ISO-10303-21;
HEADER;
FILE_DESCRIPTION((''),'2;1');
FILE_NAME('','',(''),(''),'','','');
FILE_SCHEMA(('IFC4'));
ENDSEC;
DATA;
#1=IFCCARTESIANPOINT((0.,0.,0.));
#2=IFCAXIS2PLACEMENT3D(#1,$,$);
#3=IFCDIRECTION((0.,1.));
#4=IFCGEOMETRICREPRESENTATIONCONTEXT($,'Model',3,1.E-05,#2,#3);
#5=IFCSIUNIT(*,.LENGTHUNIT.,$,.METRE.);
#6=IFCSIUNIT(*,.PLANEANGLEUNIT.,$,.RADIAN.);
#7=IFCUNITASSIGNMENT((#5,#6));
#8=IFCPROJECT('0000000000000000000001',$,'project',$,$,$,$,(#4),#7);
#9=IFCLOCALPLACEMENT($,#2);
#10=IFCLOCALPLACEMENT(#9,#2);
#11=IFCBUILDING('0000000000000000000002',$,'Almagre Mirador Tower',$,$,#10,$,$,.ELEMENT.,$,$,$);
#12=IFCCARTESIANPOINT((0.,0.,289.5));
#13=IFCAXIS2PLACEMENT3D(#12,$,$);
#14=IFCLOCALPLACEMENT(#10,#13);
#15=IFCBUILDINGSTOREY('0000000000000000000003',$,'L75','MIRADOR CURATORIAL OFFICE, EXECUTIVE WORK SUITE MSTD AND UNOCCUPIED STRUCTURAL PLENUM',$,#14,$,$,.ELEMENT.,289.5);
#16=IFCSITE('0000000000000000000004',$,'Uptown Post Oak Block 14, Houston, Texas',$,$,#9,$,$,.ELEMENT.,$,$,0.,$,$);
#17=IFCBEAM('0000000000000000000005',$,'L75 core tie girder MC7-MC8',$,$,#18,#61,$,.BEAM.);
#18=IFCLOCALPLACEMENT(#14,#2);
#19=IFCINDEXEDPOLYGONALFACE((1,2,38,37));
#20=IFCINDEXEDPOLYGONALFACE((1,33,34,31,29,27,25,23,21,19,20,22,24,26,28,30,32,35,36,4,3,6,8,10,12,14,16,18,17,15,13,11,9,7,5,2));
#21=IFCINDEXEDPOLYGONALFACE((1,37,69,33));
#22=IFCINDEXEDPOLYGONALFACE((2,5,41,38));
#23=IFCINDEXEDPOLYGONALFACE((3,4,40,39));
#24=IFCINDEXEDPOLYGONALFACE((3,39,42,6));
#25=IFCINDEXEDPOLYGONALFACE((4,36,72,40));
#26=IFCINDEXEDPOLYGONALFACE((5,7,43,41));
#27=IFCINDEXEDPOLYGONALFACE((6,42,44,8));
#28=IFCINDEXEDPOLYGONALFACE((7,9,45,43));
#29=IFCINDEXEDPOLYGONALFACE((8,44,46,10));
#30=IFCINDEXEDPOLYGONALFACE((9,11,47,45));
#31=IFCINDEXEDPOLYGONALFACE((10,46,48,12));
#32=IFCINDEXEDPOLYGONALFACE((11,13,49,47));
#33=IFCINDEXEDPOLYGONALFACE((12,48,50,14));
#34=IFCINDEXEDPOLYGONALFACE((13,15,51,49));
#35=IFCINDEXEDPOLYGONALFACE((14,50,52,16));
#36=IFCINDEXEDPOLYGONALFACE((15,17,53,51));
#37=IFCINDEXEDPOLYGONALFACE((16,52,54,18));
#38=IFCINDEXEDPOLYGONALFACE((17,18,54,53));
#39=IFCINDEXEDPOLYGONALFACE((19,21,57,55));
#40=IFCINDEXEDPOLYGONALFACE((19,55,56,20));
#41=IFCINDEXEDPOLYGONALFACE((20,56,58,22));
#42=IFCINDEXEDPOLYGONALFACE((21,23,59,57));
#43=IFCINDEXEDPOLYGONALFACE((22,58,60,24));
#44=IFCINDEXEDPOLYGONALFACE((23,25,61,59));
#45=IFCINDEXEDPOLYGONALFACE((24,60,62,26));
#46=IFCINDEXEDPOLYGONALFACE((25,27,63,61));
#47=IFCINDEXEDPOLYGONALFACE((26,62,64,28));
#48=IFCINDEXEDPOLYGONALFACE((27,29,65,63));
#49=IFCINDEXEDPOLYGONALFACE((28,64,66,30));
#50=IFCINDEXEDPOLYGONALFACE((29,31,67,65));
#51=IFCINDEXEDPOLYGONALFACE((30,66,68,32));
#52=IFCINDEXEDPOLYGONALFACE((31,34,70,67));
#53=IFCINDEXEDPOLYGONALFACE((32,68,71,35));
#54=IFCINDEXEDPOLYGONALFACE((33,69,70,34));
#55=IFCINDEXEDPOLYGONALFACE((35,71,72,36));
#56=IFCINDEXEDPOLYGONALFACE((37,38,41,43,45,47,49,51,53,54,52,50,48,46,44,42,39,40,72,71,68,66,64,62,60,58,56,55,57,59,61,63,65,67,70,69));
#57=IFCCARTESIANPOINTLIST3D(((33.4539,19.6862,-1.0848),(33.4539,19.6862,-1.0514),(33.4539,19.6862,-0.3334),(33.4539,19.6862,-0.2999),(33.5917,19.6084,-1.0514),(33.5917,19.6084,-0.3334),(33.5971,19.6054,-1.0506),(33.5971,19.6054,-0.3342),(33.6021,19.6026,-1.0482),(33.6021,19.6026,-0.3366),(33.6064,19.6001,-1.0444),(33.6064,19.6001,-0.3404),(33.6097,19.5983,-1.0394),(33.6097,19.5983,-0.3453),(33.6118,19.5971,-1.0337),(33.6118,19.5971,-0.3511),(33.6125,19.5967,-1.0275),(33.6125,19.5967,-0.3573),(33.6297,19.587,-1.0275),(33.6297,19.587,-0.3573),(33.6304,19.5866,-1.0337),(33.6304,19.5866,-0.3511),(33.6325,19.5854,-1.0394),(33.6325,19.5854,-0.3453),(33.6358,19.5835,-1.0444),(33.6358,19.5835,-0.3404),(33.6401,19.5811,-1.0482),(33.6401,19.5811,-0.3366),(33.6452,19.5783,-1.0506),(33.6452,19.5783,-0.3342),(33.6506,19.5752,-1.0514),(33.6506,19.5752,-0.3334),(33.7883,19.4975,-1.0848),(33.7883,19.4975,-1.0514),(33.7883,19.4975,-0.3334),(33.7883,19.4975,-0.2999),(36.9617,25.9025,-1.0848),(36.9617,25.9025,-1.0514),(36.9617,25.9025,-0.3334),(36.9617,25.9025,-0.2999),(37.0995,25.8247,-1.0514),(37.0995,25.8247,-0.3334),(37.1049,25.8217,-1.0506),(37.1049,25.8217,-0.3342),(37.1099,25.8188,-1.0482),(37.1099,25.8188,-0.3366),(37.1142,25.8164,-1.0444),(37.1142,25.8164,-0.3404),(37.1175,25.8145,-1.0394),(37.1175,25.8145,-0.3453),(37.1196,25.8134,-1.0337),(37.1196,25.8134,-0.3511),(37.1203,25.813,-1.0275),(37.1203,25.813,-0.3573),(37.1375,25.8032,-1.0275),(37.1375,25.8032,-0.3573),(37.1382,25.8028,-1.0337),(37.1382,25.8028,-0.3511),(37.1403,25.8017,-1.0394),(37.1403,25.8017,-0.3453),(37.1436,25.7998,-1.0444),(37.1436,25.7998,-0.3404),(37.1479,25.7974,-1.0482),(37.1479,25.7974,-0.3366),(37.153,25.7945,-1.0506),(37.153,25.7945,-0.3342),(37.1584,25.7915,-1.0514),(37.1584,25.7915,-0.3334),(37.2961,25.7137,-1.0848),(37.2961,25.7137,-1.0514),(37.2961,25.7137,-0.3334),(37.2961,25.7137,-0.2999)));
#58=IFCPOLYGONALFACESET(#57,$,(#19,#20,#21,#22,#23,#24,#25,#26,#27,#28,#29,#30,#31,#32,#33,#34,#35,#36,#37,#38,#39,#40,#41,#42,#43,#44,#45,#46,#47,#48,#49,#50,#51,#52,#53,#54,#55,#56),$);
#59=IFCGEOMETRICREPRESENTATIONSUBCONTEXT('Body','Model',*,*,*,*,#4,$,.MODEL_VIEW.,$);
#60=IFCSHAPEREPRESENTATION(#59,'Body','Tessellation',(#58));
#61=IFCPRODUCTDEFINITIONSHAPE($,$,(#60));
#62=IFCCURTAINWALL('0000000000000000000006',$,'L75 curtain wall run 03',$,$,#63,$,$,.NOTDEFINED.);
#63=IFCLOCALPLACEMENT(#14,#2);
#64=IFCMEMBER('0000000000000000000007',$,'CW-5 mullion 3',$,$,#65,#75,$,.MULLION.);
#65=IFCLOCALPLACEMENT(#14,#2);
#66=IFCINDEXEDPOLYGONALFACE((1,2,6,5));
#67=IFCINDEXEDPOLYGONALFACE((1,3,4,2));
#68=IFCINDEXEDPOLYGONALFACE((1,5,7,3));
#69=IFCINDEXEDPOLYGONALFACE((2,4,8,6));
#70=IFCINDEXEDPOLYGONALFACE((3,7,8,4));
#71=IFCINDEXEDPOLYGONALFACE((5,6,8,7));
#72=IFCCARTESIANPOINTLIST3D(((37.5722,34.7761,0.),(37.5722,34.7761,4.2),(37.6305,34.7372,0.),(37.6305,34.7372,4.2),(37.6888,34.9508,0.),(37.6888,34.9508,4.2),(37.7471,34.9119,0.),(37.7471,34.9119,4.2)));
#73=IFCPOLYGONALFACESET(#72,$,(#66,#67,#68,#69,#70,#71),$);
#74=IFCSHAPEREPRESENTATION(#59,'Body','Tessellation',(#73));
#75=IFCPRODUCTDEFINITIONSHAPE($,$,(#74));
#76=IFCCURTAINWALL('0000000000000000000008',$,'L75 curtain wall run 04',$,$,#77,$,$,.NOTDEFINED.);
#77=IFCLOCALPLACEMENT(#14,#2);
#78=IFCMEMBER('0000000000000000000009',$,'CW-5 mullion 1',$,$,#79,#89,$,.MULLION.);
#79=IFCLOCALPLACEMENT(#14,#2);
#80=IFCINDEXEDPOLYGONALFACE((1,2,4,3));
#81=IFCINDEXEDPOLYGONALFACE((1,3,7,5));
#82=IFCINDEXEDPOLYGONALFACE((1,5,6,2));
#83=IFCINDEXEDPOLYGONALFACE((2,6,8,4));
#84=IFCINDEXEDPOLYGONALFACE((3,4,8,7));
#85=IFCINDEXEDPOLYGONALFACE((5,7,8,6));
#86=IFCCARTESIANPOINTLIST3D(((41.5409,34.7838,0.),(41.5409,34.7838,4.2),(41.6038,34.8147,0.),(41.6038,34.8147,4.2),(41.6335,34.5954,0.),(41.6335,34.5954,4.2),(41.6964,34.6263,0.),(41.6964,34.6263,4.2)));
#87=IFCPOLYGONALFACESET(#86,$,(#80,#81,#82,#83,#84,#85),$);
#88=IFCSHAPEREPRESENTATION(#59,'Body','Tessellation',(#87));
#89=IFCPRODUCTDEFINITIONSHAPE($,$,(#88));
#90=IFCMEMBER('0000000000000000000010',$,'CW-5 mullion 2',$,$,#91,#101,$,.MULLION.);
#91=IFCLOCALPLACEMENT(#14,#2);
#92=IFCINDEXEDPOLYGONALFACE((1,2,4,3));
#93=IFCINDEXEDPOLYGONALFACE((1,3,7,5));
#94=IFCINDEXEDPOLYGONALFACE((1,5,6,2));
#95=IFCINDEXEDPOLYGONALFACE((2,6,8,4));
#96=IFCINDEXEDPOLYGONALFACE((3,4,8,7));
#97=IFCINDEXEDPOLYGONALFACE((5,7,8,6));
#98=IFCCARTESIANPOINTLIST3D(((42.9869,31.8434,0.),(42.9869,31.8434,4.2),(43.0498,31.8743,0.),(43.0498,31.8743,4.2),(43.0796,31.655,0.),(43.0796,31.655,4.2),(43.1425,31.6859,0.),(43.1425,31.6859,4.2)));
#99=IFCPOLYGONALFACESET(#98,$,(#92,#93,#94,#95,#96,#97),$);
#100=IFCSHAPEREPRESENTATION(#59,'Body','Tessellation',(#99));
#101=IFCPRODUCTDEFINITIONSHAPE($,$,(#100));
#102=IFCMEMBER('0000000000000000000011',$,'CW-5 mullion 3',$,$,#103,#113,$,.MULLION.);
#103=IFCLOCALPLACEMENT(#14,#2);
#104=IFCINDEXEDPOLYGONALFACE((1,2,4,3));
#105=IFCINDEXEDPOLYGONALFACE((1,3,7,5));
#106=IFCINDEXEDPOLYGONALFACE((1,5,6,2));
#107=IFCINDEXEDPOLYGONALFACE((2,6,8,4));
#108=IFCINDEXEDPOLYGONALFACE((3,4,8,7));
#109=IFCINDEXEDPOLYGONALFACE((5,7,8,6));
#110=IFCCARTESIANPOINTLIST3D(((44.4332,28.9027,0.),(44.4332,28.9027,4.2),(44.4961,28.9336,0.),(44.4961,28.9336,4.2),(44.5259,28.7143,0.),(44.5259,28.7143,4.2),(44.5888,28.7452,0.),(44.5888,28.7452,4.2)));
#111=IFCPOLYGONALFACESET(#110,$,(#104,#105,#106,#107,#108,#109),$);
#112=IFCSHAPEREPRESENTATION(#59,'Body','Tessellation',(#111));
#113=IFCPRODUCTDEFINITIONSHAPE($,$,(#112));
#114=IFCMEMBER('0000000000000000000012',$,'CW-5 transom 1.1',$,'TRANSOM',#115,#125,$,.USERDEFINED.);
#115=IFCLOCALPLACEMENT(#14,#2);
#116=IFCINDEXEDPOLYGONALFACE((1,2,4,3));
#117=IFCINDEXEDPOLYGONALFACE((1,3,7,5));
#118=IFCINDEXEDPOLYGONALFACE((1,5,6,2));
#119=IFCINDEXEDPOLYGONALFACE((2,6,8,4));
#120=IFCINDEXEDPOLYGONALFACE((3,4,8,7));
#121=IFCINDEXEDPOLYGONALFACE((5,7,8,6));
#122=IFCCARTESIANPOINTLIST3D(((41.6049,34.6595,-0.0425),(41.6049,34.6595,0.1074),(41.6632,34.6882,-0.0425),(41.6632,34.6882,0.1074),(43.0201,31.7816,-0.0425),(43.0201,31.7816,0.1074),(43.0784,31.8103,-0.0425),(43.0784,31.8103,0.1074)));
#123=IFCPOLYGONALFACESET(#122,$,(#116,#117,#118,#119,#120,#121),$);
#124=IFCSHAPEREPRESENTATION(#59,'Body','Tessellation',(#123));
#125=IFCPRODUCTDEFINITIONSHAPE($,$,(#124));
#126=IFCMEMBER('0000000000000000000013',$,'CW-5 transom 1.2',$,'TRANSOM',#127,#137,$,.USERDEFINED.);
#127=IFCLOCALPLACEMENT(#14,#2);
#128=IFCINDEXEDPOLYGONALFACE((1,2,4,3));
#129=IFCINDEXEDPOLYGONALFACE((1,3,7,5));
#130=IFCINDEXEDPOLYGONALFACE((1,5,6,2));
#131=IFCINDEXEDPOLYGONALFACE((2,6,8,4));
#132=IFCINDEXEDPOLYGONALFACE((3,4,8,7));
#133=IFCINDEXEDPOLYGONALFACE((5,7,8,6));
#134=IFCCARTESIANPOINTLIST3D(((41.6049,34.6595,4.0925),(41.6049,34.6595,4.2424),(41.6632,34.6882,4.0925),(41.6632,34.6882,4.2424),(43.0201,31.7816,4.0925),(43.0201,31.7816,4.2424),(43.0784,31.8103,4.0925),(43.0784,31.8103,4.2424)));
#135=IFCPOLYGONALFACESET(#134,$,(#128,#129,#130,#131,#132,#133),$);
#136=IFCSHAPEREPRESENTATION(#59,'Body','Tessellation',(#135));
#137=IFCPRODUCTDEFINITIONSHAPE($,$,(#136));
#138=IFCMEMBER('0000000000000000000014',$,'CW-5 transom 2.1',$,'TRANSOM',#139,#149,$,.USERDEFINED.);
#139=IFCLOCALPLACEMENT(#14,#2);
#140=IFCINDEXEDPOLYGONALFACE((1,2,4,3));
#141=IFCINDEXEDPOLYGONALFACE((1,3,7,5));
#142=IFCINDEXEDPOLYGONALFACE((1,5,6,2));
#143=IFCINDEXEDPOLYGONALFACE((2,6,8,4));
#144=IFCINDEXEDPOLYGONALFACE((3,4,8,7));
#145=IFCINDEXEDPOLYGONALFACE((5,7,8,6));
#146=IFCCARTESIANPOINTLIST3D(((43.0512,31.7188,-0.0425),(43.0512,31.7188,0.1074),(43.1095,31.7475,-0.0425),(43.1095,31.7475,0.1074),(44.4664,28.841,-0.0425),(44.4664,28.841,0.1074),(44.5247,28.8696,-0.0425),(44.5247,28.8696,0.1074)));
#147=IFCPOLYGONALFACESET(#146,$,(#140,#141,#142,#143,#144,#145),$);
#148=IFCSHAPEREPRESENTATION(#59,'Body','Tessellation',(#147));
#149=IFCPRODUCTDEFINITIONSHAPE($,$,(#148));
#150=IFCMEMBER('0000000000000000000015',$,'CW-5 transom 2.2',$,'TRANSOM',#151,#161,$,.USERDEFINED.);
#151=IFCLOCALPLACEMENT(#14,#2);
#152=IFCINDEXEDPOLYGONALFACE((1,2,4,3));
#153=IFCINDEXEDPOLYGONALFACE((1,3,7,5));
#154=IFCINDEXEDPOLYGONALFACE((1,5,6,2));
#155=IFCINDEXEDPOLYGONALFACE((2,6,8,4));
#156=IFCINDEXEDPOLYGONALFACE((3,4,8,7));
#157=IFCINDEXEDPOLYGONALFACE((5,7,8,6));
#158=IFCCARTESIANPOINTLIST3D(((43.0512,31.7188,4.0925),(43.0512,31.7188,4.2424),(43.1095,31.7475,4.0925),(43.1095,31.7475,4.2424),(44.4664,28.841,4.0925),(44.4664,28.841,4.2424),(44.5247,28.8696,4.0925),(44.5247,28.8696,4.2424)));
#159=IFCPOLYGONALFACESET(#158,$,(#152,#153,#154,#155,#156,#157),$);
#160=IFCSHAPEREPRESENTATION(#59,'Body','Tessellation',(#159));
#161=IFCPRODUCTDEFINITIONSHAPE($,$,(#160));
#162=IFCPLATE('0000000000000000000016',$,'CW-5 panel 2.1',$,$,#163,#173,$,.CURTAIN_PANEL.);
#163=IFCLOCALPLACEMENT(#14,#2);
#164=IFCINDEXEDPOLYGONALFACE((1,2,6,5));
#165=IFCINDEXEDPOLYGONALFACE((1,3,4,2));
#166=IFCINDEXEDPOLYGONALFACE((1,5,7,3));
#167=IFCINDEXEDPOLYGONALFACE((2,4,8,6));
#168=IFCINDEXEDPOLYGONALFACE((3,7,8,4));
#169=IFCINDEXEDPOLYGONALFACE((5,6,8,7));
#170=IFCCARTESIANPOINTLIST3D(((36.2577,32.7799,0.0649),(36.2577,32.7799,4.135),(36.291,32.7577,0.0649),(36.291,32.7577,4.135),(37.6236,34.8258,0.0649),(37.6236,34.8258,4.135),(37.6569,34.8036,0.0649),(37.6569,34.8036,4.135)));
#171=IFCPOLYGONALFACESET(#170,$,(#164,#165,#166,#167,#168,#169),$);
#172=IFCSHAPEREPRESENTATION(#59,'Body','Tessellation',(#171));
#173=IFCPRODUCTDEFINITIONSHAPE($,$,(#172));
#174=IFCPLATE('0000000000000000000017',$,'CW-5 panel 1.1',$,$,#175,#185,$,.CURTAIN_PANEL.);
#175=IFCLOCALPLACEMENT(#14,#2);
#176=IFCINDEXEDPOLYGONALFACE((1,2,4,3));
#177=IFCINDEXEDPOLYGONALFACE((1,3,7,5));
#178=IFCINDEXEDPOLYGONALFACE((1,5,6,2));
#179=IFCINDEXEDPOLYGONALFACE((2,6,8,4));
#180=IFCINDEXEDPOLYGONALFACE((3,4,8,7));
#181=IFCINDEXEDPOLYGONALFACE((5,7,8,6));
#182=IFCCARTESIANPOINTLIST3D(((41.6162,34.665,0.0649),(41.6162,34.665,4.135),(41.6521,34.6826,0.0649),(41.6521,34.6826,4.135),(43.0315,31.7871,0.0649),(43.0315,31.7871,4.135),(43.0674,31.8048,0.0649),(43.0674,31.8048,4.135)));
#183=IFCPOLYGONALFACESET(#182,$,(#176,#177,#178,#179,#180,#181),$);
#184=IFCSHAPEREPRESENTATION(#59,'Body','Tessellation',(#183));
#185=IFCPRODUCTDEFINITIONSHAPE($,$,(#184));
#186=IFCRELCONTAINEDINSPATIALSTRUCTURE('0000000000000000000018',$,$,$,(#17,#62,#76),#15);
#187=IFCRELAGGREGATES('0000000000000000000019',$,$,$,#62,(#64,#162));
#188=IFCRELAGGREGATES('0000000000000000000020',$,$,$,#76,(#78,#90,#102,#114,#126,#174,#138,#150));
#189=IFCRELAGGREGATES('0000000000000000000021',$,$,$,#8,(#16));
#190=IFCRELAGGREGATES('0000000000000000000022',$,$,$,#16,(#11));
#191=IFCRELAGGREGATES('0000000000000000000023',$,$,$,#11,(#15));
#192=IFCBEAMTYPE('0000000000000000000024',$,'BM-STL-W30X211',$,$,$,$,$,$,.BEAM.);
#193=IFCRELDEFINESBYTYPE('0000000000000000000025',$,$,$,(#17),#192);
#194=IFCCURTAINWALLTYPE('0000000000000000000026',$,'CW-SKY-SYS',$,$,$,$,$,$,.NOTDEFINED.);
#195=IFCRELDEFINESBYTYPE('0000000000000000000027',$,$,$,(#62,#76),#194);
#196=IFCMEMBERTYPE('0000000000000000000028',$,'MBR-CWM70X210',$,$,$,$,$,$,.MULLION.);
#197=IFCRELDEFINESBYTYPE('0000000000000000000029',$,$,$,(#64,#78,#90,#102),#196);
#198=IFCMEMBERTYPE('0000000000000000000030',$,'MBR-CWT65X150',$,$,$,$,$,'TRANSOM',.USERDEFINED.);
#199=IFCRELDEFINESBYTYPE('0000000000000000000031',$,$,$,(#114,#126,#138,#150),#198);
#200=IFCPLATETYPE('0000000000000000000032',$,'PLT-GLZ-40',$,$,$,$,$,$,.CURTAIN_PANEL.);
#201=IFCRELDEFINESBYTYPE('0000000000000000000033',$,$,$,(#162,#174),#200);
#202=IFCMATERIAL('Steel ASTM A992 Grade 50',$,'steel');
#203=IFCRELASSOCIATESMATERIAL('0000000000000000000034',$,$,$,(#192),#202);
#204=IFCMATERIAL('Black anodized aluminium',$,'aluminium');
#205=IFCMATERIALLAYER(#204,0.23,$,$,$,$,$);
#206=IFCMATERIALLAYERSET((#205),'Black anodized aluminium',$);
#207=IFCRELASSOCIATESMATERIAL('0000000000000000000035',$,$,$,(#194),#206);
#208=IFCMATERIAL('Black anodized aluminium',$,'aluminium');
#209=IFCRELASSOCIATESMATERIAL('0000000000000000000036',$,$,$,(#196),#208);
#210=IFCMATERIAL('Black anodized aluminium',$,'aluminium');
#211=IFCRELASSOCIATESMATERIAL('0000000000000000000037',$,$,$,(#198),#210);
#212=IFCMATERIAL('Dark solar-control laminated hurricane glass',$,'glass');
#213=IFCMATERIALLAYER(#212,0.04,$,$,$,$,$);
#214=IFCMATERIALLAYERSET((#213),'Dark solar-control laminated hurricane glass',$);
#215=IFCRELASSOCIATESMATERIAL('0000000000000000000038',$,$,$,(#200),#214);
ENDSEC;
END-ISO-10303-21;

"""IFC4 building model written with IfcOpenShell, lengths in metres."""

from ifc_helpers import new_model, si_unit, direction, frame, origin, origin_2d, place, context, subcontext, project, spatial, rectangle, i_section, extrude, material, layer, layer_set, material_profile, profile_set, type_object, element, aggregate, save


model = new_model("IFC4")

# Units and contexts
model_context = context("Model", 3, precision=1e-05, world=origin(), true_north=direction((0.0, 1.0)))
body_context = subcontext(model_context, "Body", "Model", "MODEL_VIEW")
ifc_project = project(units=[si_unit("LENGTHUNIT", "METRE"), si_unit("PLANEANGLEUNIT", "RADIAN")], contexts=[model_context])

# Site, building, storey
site_placement = place(None, origin())
site = spatial("IfcSite", under=ifc_project, at=site_placement, Name="Uptown Post Oak Block 14, Houston, Texas", CompositionType="ELEMENT", RefElevation=0.0)
building_placement = place(site_placement, origin())
building = spatial("IfcBuilding", under=site, at=building_placement, Name="Almagre Mirador Tower", CompositionType="ELEMENT")
storey_placement = place(building_placement, frame((0.0, 0.0, 289.5)))
storey = spatial("IfcBuildingStorey", under=building, at=storey_placement, Name="L75", Description="MIRADOR CURATORIAL OFFICE, EXECUTIVE WORK SUITE MSTD AND UNOCCUPIED STRUCTURAL PLENUM", CompositionType="ELEMENT", Elevation=289.5)

# Beam
ifc_material_1 = material(Name="Steel ASTM A992 Grade 50", Category="steel")
ifc_material_profile_1 = material_profile(ifc_material_1, i_section(OverallWidth=0.384, OverallDepth=0.7849, WebThickness=0.0198, FlangeThickness=0.0334, FilletRadius=0.0239, at=origin_2d()), Name="W30X211")
ifc_profile_set_1 = profile_set([ifc_material_profile_1], Name="Steel ASTM A992 Grade 50")
beam_type_1 = type_object("IfcBeamType", Name="BM-STL-W30X211", PredefinedType="BEAM", material=ifc_profile_set_1)
beam_1_placement = place(storey_placement, frame((37.1289, 25.8081, -0.6924), z_axis=(-0.491446, -0.870908, 0.0), x_axis=(0.870908, -0.491446, 0.0)))
element("IfcBeam", 1, at=beam_1_placement, inside=storey, type_object=beam_type_1, Name="L75 core tie girder MC7-MC8", PredefinedType="BEAM", context=body_context, shape_type="SweptSolid", body=[
    extrude(i_section(OverallWidth=0.384, OverallDepth=0.7849, WebThickness=0.0198, FlangeThickness=0.0334, FilletRadius=0.0239, at=origin_2d()), origin(), (0.0, 0.0, 1.0), 7.1377),
])

# Curtain wall, member
ifc_material_2 = material(Name="Black anodized aluminium", Category="aluminium")
ifc_layer_1 = layer(ifc_material_2, 0.23)
ifc_layer_set_1 = layer_set([ifc_layer_1], Name="Black anodized aluminium")
curtain_wall_type = type_object("IfcCurtainWallType", Name="CW-SKY-SYS", PredefinedType="NOTDEFINED", material=ifc_layer_set_1)
curtain_wall_1_placement = place(storey_placement, origin())
curtain_wall_1 = element("IfcCurtainWall", 2, at=curtain_wall_1_placement, inside=storey, type_object=curtain_wall_type, Name="L75 curtain wall run 03", PredefinedType="NOTDEFINED")
ifc_material_3 = material(Name="Black anodized aluminium", Category="aluminium")
ifc_material_profile_2 = material_profile(ifc_material_3, rectangle(XDim=0.0701, YDim=0.21, at=origin_2d()), Name="CWM70X210")
ifc_profile_set_2 = profile_set([ifc_material_profile_2], Name="Black anodized aluminium")
member_type_1 = type_object("IfcMemberType", Name="MBR-CWM70X210", PredefinedType="MULLION", material=ifc_profile_set_2)
member_1_placement = place(storey_placement, frame((37.6597, 34.844, 0.0), z_axis=(0.0, 0.0, 1.0), x_axis=(-0.831675, 0.555262, 0.0)))
member_1 = element("IfcMember", 3, at=member_1_placement, type_object=member_type_1, Name="CW-5 mullion 3", PredefinedType="MULLION", context=body_context, shape_type="SweptSolid", body=[
    extrude(rectangle(XDim=0.0701, YDim=0.21, at=origin_2d()), origin(), (0.0, 0.0, 1.0), 4.2),
])

# Curtain wall, members
curtain_wall_2_placement = place(storey_placement, origin())
curtain_wall_2 = element("IfcCurtainWall", 4, at=curtain_wall_2_placement, inside=storey, type_object=curtain_wall_type, Name="L75 curtain wall run 04", PredefinedType="NOTDEFINED")
member_2_placement = place(storey_placement, frame((41.6187, 34.7051, 0.0), z_axis=(0.0, 0.0, 1.0), x_axis=(0.897358, 0.441304, 0.0)))
member_2 = element("IfcMember", 5, at=member_2_placement, type_object=member_type_1, Name="CW-5 mullion 1", PredefinedType="MULLION", context=body_context, shape_type="SweptSolid", body=[
    extrude(rectangle(XDim=0.0701, YDim=0.21, at=origin_2d()), origin(), (0.0, 0.0, 1.0), 4.2),
])
member_3_placement = place(storey_placement, frame((43.0647, 31.7646, 0.0), z_axis=(0.0, 0.0, 1.0), x_axis=(0.897358, 0.441304, 0.0)))
member_3 = element("IfcMember", 6, at=member_3_placement, type_object=member_type_1, Name="CW-5 mullion 2", PredefinedType="MULLION", context=body_context, shape_type="SweptSolid", body=[
    extrude(rectangle(XDim=0.0701, YDim=0.21, at=origin_2d()), origin(), (0.0, 0.0, 1.0), 4.2),
])
member_4_placement = place(storey_placement, frame((44.511, 28.824, 0.0), z_axis=(0.0, 0.0, 1.0), x_axis=(0.897358, 0.441304, 0.0)))
member_4 = element("IfcMember", 7, at=member_4_placement, type_object=member_type_1, Name="CW-5 mullion 3", PredefinedType="MULLION", context=body_context, shape_type="SweptSolid", body=[
    extrude(rectangle(XDim=0.0701, YDim=0.21, at=origin_2d()), origin(), (0.0, 0.0, 1.0), 4.2),
])
ifc_material_4 = material(Name="Black anodized aluminium", Category="aluminium")
ifc_material_profile_3 = material_profile(ifc_material_4, rectangle(XDim=0.0649, YDim=0.1499, at=origin_2d()), Name="CWT65X150")
ifc_profile_set_3 = profile_set([ifc_material_profile_3], Name="Black anodized aluminium")
member_type_2 = type_object("IfcMemberType", Name="MBR-CWT65X150", ElementType="TRANSOM", PredefinedType="USERDEFINED", material=ifc_profile_set_3)
member_5_placement = place(storey_placement, frame((41.634, 34.6738, 0.0325), z_axis=(0.441297, -0.897361, 0.0), x_axis=(0.897361, 0.441297, 0.0)))
member_5 = element("IfcMember", 8, at=member_5_placement, type_object=member_type_2, Name="CW-5 transom 1.1", ObjectType="TRANSOM", PredefinedType="USERDEFINED", context=body_context, shape_type="SweptSolid", body=[
    extrude(rectangle(XDim=0.0649, YDim=0.1499, at=origin_2d()), origin(), (0.0, 0.0, 1.0), 3.207),
])
member_6_placement = place(storey_placement, frame((41.634, 34.6738, 4.1675), z_axis=(0.441297, -0.897361, 0.0), x_axis=(0.897361, 0.441297, 0.0)))
member_6 = element("IfcMember", 9, at=member_6_placement, type_object=member_type_2, Name="CW-5 transom 1.2", ObjectType="TRANSOM", PredefinedType="USERDEFINED", context=body_context, shape_type="SweptSolid", body=[
    extrude(rectangle(XDim=0.0649, YDim=0.1499, at=origin_2d()), origin(), (0.0, 0.0, 1.0), 3.207),
])
member_7_placement = place(storey_placement, frame((43.0803, 31.7332, 0.0325), z_axis=(0.441297, -0.897361, 0.0), x_axis=(0.897361, 0.441297, 0.0)))
member_7 = element("IfcMember", 10, at=member_7_placement, type_object=member_type_2, Name="CW-5 transom 2.1", ObjectType="TRANSOM", PredefinedType="USERDEFINED", context=body_context, shape_type="SweptSolid", body=[
    extrude(rectangle(XDim=0.0649, YDim=0.1499, at=origin_2d()), origin(), (0.0, 0.0, 1.0), 3.207),
])
member_8_placement = place(storey_placement, frame((43.0803, 31.7332, 4.1675), z_axis=(0.441297, -0.897361, 0.0), x_axis=(0.897361, 0.441297, 0.0)))
member_8 = element("IfcMember", 11, at=member_8_placement, type_object=member_type_2, Name="CW-5 transom 2.2", ObjectType="TRANSOM", PredefinedType="USERDEFINED", context=body_context, shape_type="SweptSolid", body=[
    extrude(rectangle(XDim=0.0649, YDim=0.1499, at=origin_2d()), origin(), (0.0, 0.0, 1.0), 3.207),
])

# Plates
ifc_material_5 = material(Name="Dark solar-control laminated hurricane glass", Category="glass")
ifc_layer_2 = layer(ifc_material_5, 0.04)
ifc_layer_set_2 = layer_set([ifc_layer_2], Name="Dark solar-control laminated hurricane glass")
plate_type_1 = type_object("IfcPlateType", Name="PLT-GLZ-40", PredefinedType="CURTAIN_PANEL", material=ifc_layer_set_2)
plate_1_placement = place(storey_placement, frame((36.9573, 33.7917, 0.0649), z_axis=(0.0, 0.0, 1.0), x_axis=(0.555262, 0.831675, 0.0)))
plate_1 = element("IfcPlate", 12, at=plate_1_placement, type_object=plate_type_1, Name="CW-5 panel 2.1", PredefinedType="CURTAIN_PANEL", context=body_context, shape_type="SweptSolid", body=[
    extrude(rectangle(XDim=2.46, YDim=0.04, at=origin_2d()), origin(), (0.0, 0.0, 1.0), 4.0701),
])
aggregate(curtain_wall_1, [member_1, plate_1])
plate_2_placement = place(storey_placement, frame((42.3418, 33.2349, 0.0649), z_axis=(0.0, 0.0, 1.0), x_axis=(0.441304, -0.897358, 0.0)))
plate_2 = element("IfcPlate", 13, at=plate_2_placement, type_object=plate_type_1, Name="CW-5 panel 1.1", PredefinedType="CURTAIN_PANEL", context=body_context, shape_type="SweptSolid", body=[
    extrude(rectangle(XDim=3.207, YDim=0.04, at=origin_2d()), origin(), (0.0, 0.0, 1.0), 4.0701),
])
aggregate(curtain_wall_2, [member_2, member_3, member_4, member_5, member_6, plate_2, member_7, member_8])

save(model, "model.ifc")
